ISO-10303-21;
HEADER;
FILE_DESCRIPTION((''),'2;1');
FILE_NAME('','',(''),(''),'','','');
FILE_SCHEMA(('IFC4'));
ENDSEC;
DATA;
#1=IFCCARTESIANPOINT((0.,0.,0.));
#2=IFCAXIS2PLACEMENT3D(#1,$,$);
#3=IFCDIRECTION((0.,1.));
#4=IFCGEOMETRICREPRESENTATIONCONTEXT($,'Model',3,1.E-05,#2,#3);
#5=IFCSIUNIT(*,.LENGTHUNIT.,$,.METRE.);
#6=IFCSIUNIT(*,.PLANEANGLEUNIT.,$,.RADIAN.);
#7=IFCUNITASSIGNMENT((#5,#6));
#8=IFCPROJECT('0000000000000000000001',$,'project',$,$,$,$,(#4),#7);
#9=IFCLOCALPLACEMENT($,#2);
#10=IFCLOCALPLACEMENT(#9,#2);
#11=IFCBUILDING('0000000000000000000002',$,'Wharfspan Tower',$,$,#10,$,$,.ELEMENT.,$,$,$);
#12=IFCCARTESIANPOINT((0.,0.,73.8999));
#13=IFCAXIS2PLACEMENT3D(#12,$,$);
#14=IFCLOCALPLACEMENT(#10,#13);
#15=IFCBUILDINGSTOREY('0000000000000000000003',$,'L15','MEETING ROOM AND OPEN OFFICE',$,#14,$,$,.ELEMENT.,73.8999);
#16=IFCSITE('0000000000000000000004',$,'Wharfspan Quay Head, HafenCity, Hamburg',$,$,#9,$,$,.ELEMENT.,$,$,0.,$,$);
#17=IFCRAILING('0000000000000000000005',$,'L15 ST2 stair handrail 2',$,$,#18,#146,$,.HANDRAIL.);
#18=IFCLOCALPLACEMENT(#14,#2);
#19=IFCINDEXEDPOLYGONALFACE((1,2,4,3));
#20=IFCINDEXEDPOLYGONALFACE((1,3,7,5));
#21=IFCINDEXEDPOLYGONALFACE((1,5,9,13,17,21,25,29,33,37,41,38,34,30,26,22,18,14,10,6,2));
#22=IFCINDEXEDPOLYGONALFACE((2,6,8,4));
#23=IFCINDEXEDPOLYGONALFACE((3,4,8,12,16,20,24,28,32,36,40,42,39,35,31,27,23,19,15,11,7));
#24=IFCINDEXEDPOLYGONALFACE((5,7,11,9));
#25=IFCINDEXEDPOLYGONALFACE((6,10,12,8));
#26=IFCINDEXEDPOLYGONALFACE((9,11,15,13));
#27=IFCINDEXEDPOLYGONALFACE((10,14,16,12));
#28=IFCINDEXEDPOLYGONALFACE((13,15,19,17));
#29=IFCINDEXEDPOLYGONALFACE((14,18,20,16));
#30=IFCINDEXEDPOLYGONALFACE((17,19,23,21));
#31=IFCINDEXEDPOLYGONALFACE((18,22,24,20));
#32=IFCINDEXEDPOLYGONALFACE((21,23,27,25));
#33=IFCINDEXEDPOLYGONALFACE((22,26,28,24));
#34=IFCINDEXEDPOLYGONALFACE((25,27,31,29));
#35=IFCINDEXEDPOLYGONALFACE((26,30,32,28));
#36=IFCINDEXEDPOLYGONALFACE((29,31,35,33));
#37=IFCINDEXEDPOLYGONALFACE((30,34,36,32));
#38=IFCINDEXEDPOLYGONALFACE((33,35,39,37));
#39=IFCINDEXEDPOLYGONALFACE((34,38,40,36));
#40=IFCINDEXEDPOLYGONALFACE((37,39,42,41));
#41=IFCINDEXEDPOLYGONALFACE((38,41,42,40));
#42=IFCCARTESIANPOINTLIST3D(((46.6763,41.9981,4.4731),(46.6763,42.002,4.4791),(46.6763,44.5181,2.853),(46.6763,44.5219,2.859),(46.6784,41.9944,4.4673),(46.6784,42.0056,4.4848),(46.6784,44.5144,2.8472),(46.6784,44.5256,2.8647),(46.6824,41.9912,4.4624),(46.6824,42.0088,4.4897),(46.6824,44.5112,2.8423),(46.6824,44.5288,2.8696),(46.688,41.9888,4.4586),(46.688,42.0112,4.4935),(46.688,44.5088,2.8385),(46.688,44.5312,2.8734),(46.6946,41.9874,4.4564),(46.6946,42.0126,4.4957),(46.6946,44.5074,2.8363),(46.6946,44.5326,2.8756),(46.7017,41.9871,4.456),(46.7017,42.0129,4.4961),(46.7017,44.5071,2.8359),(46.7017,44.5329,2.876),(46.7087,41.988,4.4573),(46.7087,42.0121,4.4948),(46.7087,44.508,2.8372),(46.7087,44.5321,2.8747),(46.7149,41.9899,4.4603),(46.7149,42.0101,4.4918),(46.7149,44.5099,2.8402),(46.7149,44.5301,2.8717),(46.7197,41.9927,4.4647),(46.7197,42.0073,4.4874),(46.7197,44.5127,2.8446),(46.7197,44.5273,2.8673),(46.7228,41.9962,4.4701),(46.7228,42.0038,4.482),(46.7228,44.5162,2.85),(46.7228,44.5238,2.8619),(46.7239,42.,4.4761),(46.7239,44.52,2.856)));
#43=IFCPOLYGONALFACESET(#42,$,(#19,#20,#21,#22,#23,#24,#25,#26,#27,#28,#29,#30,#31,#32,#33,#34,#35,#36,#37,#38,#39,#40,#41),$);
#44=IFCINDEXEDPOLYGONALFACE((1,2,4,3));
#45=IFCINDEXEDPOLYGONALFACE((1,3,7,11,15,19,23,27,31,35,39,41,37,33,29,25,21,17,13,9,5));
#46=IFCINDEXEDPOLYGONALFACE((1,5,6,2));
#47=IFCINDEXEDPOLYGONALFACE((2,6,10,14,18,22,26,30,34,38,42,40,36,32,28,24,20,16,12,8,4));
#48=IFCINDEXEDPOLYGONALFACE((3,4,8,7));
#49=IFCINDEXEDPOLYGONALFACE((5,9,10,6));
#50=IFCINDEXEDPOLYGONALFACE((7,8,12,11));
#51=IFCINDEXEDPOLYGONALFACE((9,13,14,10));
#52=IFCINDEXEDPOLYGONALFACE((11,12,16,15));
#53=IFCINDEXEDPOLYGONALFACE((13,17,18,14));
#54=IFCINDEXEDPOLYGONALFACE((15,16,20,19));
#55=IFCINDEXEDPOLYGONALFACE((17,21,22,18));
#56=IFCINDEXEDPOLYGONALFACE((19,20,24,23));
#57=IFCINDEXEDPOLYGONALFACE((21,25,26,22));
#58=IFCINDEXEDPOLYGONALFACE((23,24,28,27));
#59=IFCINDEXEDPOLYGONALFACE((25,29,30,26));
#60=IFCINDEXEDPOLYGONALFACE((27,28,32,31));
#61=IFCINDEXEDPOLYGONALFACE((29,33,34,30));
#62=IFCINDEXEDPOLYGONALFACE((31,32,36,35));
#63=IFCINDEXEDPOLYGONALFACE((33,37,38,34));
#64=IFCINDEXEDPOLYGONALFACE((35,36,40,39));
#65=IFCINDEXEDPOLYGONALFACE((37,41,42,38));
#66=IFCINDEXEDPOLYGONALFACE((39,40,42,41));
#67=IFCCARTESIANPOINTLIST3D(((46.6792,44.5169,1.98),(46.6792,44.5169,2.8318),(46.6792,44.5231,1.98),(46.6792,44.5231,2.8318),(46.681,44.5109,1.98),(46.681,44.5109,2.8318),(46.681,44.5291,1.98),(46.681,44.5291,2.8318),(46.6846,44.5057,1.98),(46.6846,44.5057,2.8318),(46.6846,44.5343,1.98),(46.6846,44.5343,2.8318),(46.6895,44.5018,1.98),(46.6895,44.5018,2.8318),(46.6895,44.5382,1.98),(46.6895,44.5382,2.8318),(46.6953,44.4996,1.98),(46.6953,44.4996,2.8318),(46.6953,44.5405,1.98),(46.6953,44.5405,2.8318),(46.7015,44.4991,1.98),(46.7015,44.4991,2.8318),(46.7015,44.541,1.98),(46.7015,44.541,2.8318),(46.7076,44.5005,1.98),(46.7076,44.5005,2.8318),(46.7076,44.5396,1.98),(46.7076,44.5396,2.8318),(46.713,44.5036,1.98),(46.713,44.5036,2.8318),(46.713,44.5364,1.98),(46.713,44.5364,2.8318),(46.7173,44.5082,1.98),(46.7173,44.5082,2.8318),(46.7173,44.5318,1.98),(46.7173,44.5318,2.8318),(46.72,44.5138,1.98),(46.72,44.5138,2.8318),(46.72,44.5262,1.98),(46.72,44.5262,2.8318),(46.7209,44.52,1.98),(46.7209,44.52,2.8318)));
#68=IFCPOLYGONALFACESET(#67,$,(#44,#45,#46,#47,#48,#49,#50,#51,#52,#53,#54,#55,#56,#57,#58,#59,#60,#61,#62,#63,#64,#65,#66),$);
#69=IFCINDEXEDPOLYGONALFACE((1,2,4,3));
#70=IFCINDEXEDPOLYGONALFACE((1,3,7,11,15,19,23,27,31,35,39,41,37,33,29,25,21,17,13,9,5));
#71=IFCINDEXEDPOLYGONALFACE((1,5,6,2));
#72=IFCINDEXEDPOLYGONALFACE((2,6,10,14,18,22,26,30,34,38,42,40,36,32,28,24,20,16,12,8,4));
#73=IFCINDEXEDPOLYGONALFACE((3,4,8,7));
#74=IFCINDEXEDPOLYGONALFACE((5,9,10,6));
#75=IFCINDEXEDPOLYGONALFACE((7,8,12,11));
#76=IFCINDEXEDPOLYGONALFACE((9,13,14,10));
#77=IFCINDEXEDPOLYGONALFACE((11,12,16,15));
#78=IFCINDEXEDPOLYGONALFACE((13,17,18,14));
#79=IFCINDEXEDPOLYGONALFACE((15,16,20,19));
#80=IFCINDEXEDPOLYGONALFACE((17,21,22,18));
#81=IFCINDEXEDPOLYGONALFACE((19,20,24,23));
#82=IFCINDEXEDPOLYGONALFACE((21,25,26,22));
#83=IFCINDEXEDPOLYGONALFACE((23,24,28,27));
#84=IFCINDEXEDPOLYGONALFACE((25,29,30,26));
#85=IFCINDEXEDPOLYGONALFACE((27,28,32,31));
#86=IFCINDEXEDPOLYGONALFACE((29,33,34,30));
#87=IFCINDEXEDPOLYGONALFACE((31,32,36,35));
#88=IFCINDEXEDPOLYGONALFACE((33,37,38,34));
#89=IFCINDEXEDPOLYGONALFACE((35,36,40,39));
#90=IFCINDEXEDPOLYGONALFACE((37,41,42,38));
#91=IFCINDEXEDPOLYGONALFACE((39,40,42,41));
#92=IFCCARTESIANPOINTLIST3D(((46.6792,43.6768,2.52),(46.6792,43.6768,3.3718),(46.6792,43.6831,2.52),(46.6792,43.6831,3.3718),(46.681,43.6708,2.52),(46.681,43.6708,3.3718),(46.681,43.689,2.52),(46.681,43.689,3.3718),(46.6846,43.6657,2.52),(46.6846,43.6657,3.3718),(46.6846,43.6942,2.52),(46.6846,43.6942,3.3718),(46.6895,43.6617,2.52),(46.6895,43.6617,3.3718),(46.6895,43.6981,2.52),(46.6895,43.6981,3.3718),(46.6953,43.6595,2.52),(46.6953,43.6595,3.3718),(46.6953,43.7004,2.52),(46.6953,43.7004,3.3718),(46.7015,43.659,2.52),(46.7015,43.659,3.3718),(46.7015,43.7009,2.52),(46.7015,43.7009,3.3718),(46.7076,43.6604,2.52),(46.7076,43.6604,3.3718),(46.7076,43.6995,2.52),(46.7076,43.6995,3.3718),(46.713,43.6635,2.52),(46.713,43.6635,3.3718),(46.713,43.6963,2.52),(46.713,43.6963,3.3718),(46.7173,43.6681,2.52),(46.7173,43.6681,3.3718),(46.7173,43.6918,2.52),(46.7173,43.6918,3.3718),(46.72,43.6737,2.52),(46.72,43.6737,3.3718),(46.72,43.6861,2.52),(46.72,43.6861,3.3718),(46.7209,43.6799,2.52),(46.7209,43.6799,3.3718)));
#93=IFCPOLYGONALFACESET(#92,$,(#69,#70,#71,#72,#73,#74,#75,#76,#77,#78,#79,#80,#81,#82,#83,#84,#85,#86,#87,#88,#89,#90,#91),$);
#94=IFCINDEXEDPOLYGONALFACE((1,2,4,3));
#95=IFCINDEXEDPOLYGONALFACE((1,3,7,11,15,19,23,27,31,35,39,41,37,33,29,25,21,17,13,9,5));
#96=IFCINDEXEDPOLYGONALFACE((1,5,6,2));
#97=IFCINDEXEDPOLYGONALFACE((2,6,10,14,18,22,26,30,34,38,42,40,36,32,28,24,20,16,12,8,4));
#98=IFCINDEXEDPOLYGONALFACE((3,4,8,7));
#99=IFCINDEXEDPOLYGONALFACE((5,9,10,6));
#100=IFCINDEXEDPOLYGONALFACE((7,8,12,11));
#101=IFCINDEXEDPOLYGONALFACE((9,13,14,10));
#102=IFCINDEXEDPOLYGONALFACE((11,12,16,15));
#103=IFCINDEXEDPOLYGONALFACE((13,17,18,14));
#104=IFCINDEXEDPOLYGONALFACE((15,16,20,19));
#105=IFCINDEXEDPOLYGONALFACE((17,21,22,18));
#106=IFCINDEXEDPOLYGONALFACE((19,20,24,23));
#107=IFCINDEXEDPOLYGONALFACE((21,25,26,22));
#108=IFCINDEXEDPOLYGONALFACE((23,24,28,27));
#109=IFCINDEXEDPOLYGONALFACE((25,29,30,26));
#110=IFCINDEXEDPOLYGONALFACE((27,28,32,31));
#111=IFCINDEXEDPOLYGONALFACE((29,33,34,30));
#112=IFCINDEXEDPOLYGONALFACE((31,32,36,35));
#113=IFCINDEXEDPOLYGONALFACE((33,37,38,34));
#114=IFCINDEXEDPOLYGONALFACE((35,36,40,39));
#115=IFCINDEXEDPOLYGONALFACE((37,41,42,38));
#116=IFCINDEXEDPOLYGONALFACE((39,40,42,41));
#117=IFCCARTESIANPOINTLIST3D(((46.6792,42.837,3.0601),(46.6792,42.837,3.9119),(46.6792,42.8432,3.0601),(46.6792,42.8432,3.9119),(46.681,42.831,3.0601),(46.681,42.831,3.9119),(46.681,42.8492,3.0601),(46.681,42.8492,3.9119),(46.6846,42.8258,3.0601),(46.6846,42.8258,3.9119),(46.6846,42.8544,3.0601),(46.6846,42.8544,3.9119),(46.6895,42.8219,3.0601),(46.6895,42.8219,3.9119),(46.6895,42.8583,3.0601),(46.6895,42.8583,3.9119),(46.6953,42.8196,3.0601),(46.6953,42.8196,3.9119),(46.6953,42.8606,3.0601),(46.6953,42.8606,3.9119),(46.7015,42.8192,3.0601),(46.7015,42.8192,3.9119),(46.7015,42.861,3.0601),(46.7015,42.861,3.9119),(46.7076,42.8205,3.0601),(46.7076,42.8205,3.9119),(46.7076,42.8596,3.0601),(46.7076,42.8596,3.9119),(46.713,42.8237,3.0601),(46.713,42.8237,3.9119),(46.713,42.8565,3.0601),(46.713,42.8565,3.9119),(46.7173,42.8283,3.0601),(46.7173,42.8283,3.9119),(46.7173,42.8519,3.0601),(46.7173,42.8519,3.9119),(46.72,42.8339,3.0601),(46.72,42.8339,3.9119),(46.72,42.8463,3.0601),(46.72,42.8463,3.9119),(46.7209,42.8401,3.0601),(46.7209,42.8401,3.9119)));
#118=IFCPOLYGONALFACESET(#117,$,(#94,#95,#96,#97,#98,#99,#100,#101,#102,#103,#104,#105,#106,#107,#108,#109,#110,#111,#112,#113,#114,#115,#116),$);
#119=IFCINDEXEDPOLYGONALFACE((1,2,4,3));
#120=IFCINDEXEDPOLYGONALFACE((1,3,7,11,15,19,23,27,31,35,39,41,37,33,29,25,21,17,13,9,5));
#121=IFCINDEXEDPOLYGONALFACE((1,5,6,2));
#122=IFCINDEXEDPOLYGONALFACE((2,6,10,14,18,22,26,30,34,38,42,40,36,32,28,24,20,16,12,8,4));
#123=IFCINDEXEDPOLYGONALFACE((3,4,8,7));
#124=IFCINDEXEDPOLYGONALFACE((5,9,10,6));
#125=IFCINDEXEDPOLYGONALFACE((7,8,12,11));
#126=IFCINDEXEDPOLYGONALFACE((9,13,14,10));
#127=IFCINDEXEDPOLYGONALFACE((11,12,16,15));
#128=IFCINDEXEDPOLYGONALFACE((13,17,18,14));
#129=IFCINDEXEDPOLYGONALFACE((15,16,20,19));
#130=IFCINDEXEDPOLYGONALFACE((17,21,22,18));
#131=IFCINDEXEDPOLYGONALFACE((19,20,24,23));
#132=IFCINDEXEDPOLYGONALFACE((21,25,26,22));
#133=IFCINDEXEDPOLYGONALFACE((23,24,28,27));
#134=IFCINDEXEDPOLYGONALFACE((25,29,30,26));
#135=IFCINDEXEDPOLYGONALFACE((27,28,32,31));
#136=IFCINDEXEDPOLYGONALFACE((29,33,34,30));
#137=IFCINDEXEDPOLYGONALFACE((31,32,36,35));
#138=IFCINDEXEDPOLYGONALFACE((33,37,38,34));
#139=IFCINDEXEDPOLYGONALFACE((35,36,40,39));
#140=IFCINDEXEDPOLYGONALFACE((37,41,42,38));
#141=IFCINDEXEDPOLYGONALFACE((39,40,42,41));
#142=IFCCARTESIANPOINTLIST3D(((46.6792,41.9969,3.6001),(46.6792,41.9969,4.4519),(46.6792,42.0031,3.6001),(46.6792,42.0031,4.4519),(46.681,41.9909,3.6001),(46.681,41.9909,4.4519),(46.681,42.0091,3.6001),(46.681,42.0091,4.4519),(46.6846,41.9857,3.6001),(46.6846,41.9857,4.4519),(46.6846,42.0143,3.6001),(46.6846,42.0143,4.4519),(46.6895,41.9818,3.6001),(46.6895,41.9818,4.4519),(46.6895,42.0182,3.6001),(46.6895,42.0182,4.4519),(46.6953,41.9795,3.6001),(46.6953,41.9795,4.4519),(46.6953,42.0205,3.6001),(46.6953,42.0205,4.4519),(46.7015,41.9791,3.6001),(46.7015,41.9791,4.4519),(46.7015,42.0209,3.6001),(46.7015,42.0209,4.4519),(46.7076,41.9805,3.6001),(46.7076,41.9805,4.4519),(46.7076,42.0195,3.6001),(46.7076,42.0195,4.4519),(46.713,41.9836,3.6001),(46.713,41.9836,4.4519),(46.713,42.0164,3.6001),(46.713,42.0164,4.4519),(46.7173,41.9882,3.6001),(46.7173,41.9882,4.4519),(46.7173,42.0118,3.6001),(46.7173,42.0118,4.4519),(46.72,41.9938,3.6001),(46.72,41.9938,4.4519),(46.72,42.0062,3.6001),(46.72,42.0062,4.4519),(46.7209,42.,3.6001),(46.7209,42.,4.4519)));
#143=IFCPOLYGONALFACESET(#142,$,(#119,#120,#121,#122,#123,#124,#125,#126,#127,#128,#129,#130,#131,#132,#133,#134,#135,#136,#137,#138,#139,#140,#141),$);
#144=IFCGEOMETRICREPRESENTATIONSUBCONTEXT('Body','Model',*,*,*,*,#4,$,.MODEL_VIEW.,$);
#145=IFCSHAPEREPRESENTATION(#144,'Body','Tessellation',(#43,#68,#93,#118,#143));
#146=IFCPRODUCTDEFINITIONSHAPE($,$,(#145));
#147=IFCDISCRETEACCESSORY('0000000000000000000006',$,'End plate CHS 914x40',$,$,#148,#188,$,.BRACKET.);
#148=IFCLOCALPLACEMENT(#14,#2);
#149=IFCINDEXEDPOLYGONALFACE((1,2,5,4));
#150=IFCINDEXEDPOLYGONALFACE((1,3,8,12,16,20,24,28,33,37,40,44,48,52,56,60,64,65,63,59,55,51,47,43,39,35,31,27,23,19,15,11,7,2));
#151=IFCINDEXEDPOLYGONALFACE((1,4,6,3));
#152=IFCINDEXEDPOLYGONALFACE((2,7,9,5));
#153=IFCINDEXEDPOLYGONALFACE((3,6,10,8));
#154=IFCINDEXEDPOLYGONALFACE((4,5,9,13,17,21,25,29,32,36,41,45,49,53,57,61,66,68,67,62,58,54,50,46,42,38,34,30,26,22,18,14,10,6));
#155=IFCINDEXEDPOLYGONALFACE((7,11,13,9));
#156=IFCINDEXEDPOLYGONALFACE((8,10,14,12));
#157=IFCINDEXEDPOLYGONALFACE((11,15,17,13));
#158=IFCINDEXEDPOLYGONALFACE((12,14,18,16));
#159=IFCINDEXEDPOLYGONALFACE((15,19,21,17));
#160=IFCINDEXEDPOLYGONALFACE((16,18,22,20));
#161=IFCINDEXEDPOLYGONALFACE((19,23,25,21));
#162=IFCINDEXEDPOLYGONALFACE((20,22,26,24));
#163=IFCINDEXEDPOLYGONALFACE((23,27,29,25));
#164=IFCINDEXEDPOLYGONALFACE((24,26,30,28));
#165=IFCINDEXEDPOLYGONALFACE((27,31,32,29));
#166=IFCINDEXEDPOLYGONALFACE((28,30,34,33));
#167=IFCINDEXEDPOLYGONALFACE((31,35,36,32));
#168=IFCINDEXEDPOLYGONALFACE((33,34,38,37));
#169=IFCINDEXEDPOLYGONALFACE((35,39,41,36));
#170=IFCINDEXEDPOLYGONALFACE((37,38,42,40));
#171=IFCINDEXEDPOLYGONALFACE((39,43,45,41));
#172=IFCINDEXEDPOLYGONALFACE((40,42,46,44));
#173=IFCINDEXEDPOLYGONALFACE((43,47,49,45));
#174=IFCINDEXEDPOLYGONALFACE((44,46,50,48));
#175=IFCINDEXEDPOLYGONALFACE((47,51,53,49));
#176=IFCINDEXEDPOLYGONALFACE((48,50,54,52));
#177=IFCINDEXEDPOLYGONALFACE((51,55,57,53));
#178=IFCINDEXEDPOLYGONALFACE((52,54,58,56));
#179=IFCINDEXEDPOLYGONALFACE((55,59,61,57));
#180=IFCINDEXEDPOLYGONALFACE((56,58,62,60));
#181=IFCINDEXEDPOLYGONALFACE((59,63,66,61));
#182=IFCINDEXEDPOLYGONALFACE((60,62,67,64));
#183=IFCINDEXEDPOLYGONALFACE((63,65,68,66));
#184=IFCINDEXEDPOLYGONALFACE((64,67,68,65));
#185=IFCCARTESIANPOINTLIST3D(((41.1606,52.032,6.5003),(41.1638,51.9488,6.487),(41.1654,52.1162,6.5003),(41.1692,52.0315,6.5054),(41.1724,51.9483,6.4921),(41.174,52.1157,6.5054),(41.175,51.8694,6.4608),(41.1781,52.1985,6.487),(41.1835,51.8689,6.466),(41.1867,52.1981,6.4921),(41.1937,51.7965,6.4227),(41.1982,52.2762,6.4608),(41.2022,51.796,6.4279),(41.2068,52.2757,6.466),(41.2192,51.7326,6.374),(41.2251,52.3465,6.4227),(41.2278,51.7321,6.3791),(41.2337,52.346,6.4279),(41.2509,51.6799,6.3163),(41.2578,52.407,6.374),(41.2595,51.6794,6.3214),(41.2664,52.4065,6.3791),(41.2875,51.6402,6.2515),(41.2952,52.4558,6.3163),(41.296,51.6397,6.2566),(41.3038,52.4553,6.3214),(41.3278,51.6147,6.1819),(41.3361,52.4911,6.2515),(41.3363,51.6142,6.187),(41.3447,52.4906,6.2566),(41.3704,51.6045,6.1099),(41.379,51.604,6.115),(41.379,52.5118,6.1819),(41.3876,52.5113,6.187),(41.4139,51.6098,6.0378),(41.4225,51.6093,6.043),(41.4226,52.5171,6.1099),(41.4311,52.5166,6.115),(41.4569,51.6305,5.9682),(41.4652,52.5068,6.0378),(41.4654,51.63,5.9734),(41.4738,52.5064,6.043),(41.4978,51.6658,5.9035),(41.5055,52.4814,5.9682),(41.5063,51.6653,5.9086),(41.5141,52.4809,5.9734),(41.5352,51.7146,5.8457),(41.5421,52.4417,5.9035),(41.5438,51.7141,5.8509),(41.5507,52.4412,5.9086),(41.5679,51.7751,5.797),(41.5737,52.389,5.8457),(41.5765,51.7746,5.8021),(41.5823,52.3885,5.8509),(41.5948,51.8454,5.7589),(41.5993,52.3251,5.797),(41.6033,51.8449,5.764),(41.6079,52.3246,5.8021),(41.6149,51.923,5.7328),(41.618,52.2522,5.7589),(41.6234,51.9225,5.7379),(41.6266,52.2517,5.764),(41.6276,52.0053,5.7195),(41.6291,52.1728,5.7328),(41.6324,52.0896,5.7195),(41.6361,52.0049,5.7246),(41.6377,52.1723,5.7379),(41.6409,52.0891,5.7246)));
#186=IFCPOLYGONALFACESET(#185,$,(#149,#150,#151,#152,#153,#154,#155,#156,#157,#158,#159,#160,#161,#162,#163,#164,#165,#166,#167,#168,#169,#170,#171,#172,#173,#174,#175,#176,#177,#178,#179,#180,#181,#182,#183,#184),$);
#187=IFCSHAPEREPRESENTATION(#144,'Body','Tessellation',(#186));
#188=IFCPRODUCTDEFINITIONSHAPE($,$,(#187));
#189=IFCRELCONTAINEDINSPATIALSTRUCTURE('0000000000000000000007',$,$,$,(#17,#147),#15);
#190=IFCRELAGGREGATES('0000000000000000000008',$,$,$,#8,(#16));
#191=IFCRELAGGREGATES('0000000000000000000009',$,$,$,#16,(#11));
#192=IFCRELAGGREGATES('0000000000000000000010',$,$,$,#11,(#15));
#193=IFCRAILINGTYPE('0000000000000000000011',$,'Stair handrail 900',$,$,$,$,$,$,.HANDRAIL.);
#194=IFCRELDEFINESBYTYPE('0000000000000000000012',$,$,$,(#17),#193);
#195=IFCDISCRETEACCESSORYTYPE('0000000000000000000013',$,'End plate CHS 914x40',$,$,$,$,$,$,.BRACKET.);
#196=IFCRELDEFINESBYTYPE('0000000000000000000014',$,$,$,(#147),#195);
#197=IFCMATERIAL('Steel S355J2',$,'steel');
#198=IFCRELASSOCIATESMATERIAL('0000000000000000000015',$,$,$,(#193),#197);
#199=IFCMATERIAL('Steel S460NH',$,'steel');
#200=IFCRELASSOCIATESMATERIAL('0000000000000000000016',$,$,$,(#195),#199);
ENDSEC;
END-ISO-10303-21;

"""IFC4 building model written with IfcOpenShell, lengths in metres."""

from ifc_helpers import new_model, si_unit, direction, frame, origin, origin_2d, place, context, subcontext, project, spatial, circle, extrude, material, material_profile, profile_set, type_object, element, save


model = new_model("IFC4")

# Units and contexts
model_context = context("Model", 3, precision=1e-05, world=origin(), true_north=direction((0.0, 1.0)))
body_context = subcontext(model_context, "Body", "Model", "MODEL_VIEW")
ifc_project = project(units=[si_unit("LENGTHUNIT", "METRE"), si_unit("PLANEANGLEUNIT", "RADIAN")], contexts=[model_context])

# Site, building, storey
site_placement = place(None, origin())
site = spatial("IfcSite", under=ifc_project, at=site_placement, Name="Wharfspan Quay Head, HafenCity, Hamburg", CompositionType="ELEMENT", RefElevation=0.0)
building_placement = place(site_placement, origin())
building = spatial("IfcBuilding", under=site, at=building_placement, Name="Wharfspan Tower", CompositionType="ELEMENT")
storey_placement = place(building_placement, frame((0.0, 0.0, 73.8999)))
storey = spatial("IfcBuildingStorey", under=building, at=storey_placement, Name="L15", Description="MEETING ROOM AND OPEN OFFICE", CompositionType="ELEMENT", Elevation=73.8999)

# Shared definitions
ifc_material_1 = material(Name="Steel S355J2", Category="steel")

# Shared definitions
ifc_material_2 = material(Name="Steel S460NH", Category="steel")

# Railing
railing_type_1 = type_object("IfcRailingType", Name="Stair handrail 900", PredefinedType="HANDRAIL", material=ifc_material_1)
railing_1_placement = place(storey_placement, frame((46.7, 44.52, 1.98)))
element("IfcRailing", 1, at=railing_1_placement, inside=storey, type_object=railing_type_1, Name="L15 ST2 stair handrail 2", PredefinedType="HANDRAIL", context=body_context, shape_type="SweptSolid", body=[
    extrude(circle(Radius=0.0239, at=origin_2d()), frame((0.0, 0.0, 0.876), z_axis=(0.0, -0.841163, 0.540782), x_axis=(1.0, 0.0, 0.0)), (0.0, 0.0, 1.0), 2.9958),
    extrude(circle(Radius=0.021, at=origin_2d()), origin(), (0.0, 0.0, 1.0), 0.8518),
    extrude(circle(Radius=0.021, at=origin_2d()), frame((0.0, -0.8401, 0.54)), (0.0, 0.0, 1.0), 0.8518),
    extrude(circle(Radius=0.021, at=origin_2d()), frame((0.0, -1.6799, 1.0801)), (0.0, 0.0, 1.0), 0.8518),
    extrude(circle(Radius=0.021, at=origin_2d()), frame((0.0, -2.52, 1.6201)), (0.0, 0.0, 1.0), 0.8518),
])

# Discrete accessory
ifc_material_profile_1 = material_profile(ifc_material_2, circle(Radius=0.457, at=origin_2d()))
ifc_profile_set_1 = profile_set([ifc_material_profile_1], Name="Steel S460NH")
discrete_accessory_type = type_object("IfcDiscreteAccessoryType", Name="End plate CHS 914x40", PredefinedType="BRACKET", material=ifc_profile_set_1)
for number, where, z_axis, x_axis, name in (
    (2, (41.3965, 52.0608, 6.1099), (0.856465, -0.048941, 0.513879), (0.05705, 0.998372, 0.0), "End plate CHS 914x40"),
):
    element("IfcDiscreteAccessory", number, at=place(storey_placement, frame(where, z_axis=z_axis, x_axis=x_axis)), inside=storey, type_object=discrete_accessory_type, Name=name, PredefinedType="BRACKET", context=body_context, shape_type="SweptSolid", body=[
        extrude(circle(Radius=0.457, at=origin_2d()), origin(), (0.0, 0.0, 1.0), 0.01),
    ])

save(model, "model.ifc")
